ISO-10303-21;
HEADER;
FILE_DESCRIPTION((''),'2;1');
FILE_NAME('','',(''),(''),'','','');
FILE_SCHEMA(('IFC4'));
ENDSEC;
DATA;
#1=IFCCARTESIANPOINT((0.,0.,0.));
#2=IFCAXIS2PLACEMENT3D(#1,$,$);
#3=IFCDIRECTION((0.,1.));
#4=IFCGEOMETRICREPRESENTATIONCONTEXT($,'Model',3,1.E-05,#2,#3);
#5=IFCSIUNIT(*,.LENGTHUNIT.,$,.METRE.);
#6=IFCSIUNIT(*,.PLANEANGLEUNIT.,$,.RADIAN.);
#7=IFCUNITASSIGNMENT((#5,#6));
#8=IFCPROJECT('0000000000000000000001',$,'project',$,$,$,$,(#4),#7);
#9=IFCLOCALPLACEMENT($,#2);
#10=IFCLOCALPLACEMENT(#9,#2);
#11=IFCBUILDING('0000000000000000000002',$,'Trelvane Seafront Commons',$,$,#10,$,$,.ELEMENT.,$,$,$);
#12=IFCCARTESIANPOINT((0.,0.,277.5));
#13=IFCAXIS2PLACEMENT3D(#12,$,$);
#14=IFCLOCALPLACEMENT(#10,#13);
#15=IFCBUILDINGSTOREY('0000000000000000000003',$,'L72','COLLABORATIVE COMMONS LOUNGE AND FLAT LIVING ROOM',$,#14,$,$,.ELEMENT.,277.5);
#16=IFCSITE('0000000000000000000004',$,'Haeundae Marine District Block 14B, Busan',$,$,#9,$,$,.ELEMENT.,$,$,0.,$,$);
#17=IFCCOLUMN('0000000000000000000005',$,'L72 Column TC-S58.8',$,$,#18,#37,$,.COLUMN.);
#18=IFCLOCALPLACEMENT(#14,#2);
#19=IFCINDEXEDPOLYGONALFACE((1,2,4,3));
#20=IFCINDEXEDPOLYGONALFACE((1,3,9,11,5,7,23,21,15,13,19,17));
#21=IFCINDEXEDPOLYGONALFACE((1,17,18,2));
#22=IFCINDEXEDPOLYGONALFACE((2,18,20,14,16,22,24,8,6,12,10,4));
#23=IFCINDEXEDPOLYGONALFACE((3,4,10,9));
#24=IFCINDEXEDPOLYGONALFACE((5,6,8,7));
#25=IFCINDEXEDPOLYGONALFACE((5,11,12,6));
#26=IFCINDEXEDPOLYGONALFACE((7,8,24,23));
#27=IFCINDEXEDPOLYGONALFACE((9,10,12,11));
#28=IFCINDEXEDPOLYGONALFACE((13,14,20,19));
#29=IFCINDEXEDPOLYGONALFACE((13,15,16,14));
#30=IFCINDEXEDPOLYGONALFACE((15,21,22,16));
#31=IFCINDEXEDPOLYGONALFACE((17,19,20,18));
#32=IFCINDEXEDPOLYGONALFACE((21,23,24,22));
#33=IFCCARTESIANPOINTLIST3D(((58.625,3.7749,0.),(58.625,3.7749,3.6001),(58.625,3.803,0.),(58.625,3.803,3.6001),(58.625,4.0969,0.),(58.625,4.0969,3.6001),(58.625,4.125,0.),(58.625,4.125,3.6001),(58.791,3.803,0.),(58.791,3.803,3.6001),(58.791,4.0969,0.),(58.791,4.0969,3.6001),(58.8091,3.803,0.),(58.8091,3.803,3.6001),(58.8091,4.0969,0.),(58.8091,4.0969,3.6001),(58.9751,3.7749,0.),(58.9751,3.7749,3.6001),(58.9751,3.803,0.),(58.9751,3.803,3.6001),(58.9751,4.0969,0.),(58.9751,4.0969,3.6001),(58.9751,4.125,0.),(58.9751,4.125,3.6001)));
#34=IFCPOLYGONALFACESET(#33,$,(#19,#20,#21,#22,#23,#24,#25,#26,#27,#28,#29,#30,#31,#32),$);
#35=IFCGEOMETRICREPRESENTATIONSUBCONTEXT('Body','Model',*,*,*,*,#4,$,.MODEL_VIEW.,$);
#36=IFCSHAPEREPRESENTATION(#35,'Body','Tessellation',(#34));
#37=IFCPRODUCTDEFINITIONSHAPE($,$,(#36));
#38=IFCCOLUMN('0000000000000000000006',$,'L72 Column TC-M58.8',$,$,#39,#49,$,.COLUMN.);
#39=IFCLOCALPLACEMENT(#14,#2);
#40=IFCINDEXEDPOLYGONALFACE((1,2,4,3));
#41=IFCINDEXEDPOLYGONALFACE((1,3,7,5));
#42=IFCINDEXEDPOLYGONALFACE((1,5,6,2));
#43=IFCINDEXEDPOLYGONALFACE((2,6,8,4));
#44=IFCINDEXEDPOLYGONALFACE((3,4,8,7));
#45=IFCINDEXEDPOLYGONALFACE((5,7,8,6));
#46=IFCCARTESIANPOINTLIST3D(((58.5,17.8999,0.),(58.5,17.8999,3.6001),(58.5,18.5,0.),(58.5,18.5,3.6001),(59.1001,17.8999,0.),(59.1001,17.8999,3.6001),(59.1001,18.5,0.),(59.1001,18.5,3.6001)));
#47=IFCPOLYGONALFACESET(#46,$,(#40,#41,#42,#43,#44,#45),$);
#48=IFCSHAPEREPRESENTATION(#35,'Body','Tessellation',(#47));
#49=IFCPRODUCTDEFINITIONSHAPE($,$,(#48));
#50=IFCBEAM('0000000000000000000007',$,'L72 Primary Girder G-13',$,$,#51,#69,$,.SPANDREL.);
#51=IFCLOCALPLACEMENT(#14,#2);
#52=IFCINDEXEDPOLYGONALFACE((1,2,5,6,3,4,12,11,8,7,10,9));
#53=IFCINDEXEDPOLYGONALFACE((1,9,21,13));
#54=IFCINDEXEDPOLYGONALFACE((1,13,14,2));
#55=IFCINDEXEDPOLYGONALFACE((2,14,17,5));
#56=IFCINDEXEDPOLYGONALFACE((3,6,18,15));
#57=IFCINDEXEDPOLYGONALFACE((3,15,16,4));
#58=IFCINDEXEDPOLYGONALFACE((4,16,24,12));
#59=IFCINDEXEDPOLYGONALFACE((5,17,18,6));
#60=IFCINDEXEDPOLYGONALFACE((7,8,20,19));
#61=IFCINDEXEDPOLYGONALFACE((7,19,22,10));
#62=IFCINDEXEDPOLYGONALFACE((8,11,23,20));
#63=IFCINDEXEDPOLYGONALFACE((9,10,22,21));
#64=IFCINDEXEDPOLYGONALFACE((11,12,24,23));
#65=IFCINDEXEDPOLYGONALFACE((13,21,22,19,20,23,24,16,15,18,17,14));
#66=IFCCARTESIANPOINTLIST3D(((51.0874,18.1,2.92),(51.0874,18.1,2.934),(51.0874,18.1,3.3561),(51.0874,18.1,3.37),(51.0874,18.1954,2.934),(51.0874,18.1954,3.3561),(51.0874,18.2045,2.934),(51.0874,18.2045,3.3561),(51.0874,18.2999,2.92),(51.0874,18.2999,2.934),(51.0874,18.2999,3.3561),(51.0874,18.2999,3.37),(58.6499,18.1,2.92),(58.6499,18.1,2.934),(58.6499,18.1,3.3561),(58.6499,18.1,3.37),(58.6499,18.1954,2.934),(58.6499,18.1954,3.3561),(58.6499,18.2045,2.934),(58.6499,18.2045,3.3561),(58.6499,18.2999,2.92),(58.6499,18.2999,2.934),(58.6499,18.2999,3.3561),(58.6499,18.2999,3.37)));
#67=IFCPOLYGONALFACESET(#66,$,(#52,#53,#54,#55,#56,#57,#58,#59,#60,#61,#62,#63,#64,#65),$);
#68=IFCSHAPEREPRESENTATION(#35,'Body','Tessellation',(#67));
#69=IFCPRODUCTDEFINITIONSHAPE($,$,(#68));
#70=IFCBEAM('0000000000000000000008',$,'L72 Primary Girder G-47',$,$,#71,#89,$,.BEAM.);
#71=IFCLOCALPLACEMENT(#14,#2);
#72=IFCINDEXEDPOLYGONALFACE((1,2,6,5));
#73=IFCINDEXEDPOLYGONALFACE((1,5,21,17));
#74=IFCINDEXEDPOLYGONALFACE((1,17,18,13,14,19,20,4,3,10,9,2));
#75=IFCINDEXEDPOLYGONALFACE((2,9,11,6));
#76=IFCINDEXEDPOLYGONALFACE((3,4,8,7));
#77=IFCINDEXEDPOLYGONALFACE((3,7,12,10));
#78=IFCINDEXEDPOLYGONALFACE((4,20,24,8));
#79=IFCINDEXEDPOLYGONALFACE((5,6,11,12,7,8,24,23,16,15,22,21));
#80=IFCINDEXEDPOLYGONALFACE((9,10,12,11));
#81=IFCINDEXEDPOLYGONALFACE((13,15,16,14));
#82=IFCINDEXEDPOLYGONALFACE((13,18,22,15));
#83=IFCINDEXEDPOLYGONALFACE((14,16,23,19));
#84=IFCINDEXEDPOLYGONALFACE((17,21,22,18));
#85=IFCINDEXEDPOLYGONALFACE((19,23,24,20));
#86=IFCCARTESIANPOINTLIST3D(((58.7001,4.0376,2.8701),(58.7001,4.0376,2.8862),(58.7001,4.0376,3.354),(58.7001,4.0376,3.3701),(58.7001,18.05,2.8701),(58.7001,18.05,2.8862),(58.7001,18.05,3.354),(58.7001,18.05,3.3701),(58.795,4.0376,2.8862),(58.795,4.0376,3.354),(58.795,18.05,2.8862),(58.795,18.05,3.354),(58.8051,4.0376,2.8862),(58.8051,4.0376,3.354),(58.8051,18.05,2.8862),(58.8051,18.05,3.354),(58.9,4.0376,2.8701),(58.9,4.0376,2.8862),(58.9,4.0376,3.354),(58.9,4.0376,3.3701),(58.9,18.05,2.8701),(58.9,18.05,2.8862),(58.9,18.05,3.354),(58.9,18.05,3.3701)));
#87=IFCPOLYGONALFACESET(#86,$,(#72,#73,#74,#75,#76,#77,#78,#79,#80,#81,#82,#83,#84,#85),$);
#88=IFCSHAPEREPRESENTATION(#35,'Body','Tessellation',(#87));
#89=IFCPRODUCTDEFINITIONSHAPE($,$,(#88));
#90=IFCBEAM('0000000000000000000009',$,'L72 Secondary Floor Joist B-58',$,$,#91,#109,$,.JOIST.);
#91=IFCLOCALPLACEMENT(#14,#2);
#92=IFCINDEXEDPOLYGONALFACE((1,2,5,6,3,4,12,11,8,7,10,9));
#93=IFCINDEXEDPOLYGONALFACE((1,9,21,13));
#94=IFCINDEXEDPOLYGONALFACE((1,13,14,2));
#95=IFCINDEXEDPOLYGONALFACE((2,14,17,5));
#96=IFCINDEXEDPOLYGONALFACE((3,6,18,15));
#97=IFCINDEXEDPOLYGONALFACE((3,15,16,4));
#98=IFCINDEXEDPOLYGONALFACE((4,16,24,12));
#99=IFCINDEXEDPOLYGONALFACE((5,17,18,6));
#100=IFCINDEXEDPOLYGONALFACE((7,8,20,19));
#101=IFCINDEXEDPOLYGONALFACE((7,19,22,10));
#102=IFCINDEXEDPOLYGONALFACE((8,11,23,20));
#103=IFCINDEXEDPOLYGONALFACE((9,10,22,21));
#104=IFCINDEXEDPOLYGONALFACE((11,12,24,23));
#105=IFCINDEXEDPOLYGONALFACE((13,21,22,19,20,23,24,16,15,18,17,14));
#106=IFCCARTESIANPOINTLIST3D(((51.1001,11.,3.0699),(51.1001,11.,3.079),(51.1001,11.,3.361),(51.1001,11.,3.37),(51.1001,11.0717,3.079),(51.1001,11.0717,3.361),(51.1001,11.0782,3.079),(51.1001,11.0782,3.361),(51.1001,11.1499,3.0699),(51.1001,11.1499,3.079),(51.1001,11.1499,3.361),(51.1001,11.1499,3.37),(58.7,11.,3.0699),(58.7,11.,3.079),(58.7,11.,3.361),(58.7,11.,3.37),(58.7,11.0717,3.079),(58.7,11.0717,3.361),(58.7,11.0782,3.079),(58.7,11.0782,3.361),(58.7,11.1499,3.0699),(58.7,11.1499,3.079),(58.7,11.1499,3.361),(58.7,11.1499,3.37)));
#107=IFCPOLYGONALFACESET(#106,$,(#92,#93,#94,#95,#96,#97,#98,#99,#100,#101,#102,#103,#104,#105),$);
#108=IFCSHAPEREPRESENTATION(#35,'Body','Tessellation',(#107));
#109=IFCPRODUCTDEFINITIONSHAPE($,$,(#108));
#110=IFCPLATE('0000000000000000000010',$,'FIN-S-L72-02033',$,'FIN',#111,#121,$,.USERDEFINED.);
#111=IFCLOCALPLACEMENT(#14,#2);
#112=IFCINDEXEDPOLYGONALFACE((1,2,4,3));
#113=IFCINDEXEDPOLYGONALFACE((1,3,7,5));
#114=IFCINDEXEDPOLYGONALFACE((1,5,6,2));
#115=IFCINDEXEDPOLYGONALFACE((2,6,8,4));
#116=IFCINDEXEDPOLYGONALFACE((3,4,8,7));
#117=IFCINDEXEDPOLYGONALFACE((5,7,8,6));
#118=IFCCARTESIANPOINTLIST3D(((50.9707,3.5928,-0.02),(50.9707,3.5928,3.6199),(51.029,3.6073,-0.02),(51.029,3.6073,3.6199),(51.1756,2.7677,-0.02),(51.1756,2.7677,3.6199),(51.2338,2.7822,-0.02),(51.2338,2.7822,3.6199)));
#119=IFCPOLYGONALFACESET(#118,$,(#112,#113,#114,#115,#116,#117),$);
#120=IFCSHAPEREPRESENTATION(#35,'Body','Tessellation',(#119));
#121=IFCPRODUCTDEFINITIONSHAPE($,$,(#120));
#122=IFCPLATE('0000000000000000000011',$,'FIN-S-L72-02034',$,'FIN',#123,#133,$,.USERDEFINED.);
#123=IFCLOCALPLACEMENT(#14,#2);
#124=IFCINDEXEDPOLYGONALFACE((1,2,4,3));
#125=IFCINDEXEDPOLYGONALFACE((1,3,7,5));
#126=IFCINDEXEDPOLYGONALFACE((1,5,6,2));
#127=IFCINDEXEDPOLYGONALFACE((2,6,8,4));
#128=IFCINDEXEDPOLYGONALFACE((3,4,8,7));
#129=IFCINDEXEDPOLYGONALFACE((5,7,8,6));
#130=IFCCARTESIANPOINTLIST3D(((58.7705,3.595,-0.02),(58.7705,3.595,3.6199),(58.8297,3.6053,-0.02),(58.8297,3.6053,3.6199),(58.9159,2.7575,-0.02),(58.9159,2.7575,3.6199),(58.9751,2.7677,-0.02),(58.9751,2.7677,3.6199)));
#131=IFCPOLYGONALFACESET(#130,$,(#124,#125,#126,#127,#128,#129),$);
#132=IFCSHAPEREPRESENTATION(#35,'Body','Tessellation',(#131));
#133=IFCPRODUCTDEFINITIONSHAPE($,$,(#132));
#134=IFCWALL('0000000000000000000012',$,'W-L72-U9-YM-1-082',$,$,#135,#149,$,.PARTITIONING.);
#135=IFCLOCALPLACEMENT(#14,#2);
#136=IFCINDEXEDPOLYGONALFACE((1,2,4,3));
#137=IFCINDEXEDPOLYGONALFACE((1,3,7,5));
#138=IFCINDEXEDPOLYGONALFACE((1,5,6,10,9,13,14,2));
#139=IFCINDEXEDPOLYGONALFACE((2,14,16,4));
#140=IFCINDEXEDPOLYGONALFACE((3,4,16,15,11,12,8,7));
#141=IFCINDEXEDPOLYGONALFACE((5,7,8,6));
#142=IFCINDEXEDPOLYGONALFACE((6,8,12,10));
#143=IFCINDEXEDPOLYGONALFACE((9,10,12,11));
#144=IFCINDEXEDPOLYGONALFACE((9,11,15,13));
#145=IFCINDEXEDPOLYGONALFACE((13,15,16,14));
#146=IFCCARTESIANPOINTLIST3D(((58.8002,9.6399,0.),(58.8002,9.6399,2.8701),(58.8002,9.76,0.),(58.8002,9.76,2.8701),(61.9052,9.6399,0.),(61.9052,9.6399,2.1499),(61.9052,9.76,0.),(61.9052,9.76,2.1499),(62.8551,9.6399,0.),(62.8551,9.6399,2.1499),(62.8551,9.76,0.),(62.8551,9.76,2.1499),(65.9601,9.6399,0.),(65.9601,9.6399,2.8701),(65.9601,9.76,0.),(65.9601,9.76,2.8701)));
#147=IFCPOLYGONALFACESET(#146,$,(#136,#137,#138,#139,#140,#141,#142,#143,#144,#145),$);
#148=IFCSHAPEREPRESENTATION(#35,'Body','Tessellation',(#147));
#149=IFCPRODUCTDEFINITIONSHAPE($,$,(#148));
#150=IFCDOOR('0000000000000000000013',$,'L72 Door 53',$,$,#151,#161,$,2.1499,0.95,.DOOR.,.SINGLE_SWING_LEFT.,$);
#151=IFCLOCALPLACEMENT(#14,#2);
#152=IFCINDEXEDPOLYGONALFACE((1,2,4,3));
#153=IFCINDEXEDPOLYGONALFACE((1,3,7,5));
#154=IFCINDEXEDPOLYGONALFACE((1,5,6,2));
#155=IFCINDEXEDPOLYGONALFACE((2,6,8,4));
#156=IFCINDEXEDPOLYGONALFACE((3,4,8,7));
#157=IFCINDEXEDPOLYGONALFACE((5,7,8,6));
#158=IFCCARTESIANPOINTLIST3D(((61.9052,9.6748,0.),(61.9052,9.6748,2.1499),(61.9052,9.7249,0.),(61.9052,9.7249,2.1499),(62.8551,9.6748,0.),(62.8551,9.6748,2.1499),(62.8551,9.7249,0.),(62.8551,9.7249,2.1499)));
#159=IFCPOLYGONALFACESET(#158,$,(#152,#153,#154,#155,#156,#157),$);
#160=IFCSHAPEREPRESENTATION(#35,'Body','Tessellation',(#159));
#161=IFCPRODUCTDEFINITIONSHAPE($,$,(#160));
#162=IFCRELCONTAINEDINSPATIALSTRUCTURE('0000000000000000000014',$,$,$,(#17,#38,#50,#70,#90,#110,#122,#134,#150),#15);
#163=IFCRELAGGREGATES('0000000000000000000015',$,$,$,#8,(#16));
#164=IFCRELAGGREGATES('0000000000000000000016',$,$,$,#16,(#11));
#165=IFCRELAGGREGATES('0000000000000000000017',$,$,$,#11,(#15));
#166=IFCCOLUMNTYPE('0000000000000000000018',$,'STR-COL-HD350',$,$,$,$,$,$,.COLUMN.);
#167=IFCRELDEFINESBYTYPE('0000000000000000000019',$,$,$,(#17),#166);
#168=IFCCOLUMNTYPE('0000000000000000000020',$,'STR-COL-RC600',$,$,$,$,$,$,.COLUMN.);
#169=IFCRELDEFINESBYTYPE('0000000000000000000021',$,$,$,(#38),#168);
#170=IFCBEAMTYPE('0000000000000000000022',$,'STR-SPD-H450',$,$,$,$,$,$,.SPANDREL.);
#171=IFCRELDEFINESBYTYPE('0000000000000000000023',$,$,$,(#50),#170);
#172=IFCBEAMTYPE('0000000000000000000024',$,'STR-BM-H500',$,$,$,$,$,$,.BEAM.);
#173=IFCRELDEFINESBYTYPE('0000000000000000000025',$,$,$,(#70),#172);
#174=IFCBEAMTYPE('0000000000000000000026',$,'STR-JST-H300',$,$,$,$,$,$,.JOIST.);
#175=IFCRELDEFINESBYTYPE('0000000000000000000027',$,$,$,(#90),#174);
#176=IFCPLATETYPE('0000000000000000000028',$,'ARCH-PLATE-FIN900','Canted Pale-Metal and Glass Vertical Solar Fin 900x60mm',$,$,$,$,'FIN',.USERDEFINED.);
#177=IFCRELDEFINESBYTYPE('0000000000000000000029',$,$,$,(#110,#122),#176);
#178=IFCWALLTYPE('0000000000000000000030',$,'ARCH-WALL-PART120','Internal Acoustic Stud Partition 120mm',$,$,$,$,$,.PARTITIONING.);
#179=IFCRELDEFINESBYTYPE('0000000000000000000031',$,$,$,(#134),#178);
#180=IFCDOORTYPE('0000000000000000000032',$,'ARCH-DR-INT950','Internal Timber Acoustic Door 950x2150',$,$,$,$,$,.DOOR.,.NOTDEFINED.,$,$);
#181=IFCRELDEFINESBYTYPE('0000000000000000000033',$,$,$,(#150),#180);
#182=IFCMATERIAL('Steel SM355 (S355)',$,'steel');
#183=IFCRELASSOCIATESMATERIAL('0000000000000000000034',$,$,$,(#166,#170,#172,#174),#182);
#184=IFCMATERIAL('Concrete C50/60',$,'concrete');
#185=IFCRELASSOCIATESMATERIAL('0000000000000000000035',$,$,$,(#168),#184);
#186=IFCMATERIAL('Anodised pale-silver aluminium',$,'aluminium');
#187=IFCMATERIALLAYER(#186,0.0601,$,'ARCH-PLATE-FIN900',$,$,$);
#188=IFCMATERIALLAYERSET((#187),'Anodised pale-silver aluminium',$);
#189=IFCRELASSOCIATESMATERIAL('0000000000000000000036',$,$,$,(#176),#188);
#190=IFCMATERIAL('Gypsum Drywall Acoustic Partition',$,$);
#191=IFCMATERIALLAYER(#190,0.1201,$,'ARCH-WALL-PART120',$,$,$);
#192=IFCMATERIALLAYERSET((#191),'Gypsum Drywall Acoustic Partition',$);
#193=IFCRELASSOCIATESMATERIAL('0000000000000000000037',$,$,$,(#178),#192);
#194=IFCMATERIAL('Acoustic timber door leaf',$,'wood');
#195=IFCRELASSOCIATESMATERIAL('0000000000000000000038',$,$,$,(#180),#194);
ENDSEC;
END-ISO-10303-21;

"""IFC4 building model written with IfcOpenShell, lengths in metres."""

from ifc_helpers import new_model, si_unit, direction, frame, frame_2d, origin, origin_2d, place, context, subcontext, project, spatial, rectangle, i_section, extrude, source, transform, mapped, material, layer, layer_set, material_profile, profile_set, type_object, element, fill, save


model = new_model("IFC4")

# Units and contexts
model_context = context("Model", 3, precision=1e-05, world=origin(), true_north=direction((0.0, 1.0)))
body_context = subcontext(model_context, "Body", "Model", "MODEL_VIEW")
ifc_project = project(units=[si_unit("LENGTHUNIT", "METRE"), si_unit("PLANEANGLEUNIT", "RADIAN")], contexts=[model_context])

# Site, building, storey
site_placement = place(None, origin())
site = spatial("IfcSite", under=ifc_project, at=site_placement, Name="Haeundae Marine District Block 14B, Busan", CompositionType="ELEMENT", RefElevation=0.0)
building_placement = place(site_placement, origin())
building = spatial("IfcBuilding", under=site, at=building_placement, Name="Trelvane Seafront Commons", CompositionType="ELEMENT")
storey_placement = place(building_placement, frame((0.0, 0.0, 277.5)))
storey = spatial("IfcBuildingStorey", under=building, at=storey_placement, Name="L72", Description="COLLABORATIVE COMMONS LOUNGE AND FLAT LIVING ROOM", CompositionType="ELEMENT", Elevation=277.5)

# Columns
ifc_material_1 = material(Name="Steel SM355 (S355)", Category="steel")
ifc_material_profile_1 = material_profile(ifc_material_1, i_section(OverallWidth=0.3501, OverallDepth=0.3501, WebThickness=0.0181, FlangeThickness=0.0281, at=origin_2d()), Name="HD-350x350x18x28")
ifc_profile_set_1 = profile_set([ifc_material_profile_1], Name="Steel SM355 (S355)")
column_type_1 = type_object("IfcColumnType", Name="STR-COL-HD350", PredefinedType="COLUMN", material=ifc_profile_set_1)
shared_shape_1 = source(origin(), body_context, "Body", "SweptSolid", [
    extrude(i_section(OverallWidth=0.3501, OverallDepth=0.3501, WebThickness=0.0181, FlangeThickness=0.0281, at=origin_2d()), origin(), (0.0, 0.0, 1.0), 3.6001),
])
column_1_placement = place(storey_placement, frame((58.8, 3.95, 0.0), z_axis=(0.0, 0.0, 1.0), x_axis=(1.0, 0.0, 0.0)))
element("IfcColumn", 1, at=column_1_placement, inside=storey, type_object=column_type_1, Name="L72 Column TC-S58.8", PredefinedType="COLUMN", context=body_context, shape_type="MappedRepresentation", body=[
    mapped(shared_shape_1, transform((0.0, 0.0, 0.0), x_axis=(1.0, 0.0, 0.0), y_axis=(0.0, 1.0, 0.0), z_axis=(0.0, 0.0, 1.0), scale=1.0)),
])
ifc_material_2 = material(Name="Concrete C50/60", Category="concrete")
ifc_material_profile_2 = material_profile(ifc_material_2, rectangle(XDim=0.6001, YDim=0.6001, at=origin_2d()), Name="RC-600x600")
ifc_profile_set_2 = profile_set([ifc_material_profile_2], Name="Concrete C50/60")
column_type_2 = type_object("IfcColumnType", Name="STR-COL-RC600", PredefinedType="COLUMN", material=ifc_profile_set_2)
shared_shape_2 = source(origin(), body_context, "Body", "SweptSolid", [
    extrude(rectangle(XDim=0.6001, YDim=0.6001, at=origin_2d()), origin(), (0.0, 0.0, 1.0), 3.6001),
])
column_2_placement = place(storey_placement, frame((58.8, 18.2, 0.0), z_axis=(0.0, 0.0, 1.0), x_axis=(1.0, 0.0, 0.0)))
element("IfcColumn", 2, at=column_2_placement, inside=storey, type_object=column_type_2, Name="L72 Column TC-M58.8", PredefinedType="COLUMN", context=body_context, shape_type="MappedRepresentation", body=[
    mapped(shared_shape_2, transform((0.0, 0.0, 0.0), x_axis=(1.0, 0.0, 0.0), y_axis=(0.0, 1.0, 0.0), z_axis=(0.0, 0.0, 1.0), scale=1.0)),
])

# Beams
ifc_material_profile_3 = material_profile(ifc_material_1, i_section(OverallWidth=0.2, OverallDepth=0.45, WebThickness=0.009, FlangeThickness=0.0139, at=origin_2d()), Name="H-450x200x9x14")
ifc_profile_set_3 = profile_set([ifc_material_profile_3], Name="Steel SM355 (S355)")
beam_type_1 = type_object("IfcBeamType", Name="STR-SPD-H450", PredefinedType="SPANDREL", material=ifc_profile_set_3)
shared_shape_3 = source(origin(), body_context, "Body", "SweptSolid", [
    extrude(i_section(OverallWidth=0.2, OverallDepth=0.45, WebThickness=0.009, FlangeThickness=0.0139, at=origin_2d()), origin(), (0.0, 0.0, 1.0), 7.5625),
])
beam_1_placement = place(storey_placement, frame((51.0874, 18.2, 3.145), z_axis=(1.0, 0.0, 0.0), x_axis=(0.0, 1.0, 0.0)))
element("IfcBeam", 3, at=beam_1_placement, inside=storey, type_object=beam_type_1, Name="L72 Primary Girder G-13", PredefinedType="SPANDREL", context=body_context, shape_type="MappedRepresentation", body=[
    mapped(shared_shape_3, transform((0.0, 0.0, 0.0), x_axis=(1.0, 0.0, 0.0), y_axis=(0.0, 1.0, 0.0), z_axis=(0.0, 0.0, 1.0), scale=1.0)),
])
ifc_material_profile_4 = material_profile(ifc_material_1, i_section(OverallWidth=0.2, OverallDepth=0.5, WebThickness=0.01, FlangeThickness=0.0161, at=origin_2d()), Name="H-500x200x10x16")
ifc_profile_set_4 = profile_set([ifc_material_profile_4], Name="Steel SM355 (S355)")
beam_type_2 = type_object("IfcBeamType", Name="STR-BM-H500", PredefinedType="BEAM", material=ifc_profile_set_4)
shared_shape_4 = source(origin(), body_context, "Body", "SweptSolid", [
    extrude(i_section(OverallWidth=0.2, OverallDepth=0.5, WebThickness=0.01, FlangeThickness=0.0161, at=origin_2d()), origin(), (0.0, 0.0, 1.0), 14.0125),
])
beam_2_placement = place(storey_placement, frame((58.8, 4.0376, 3.1201), z_axis=(0.0, 1.0, 0.0), x_axis=(-1.0, 0.0, 0.0)))
element("IfcBeam", 4, at=beam_2_placement, inside=storey, type_object=beam_type_2, Name="L72 Primary Girder G-47", PredefinedType="BEAM", context=body_context, shape_type="MappedRepresentation", body=[
    mapped(shared_shape_4, transform((0.0, 0.0, 0.0), x_axis=(1.0, 0.0, 0.0), y_axis=(0.0, 1.0, 0.0), z_axis=(0.0, 0.0, 1.0), scale=1.0)),
])
ifc_material_profile_5 = material_profile(ifc_material_1, i_section(OverallWidth=0.1499, OverallDepth=0.3, WebThickness=0.0066, FlangeThickness=0.009, at=origin_2d()), Name="H-300x150x6.5x9")
ifc_profile_set_5 = profile_set([ifc_material_profile_5], Name="Steel SM355 (S355)")
beam_type_3 = type_object("IfcBeamType", Name="STR-JST-H300", PredefinedType="JOIST", material=ifc_profile_set_5)
shared_shape_5 = source(origin(), body_context, "Body", "SweptSolid", [
    extrude(i_section(OverallWidth=0.1499, OverallDepth=0.3, WebThickness=0.0066, FlangeThickness=0.009, at=origin_2d()), origin(), (0.0, 0.0, 1.0), 7.5999),
])
beam_3_placement = place(storey_placement, frame((51.1001, 11.075, 3.22), z_axis=(1.0, 0.0, 0.0), x_axis=(0.0, 1.0, 0.0)))
element("IfcBeam", 5, at=beam_3_placement, inside=storey, type_object=beam_type_3, Name="L72 Secondary Floor Joist B-58", PredefinedType="JOIST", context=body_context, shape_type="MappedRepresentation", body=[
    mapped(shared_shape_5, transform((0.0, 0.0, 0.0), x_axis=(1.0, 0.0, 0.0), y_axis=(0.0, 1.0, 0.0), z_axis=(0.0, 0.0, 1.0), scale=1.0)),
])

# Plates
ifc_material_3 = material(Name="Anodised pale-silver aluminium", Category="aluminium")
ifc_layer_1 = layer(ifc_material_3, 0.0601, Name="ARCH-PLATE-FIN900")
ifc_layer_set_1 = layer_set([ifc_layer_1], Name="Anodised pale-silver aluminium")
plate_type = type_object("IfcPlateType", Name="ARCH-PLATE-FIN900", Description="Canted Pale-Metal and Glass Vertical Solar Fin 900x60mm", ElementType="FIN", PredefinedType="USERDEFINED", material=ifc_layer_set_1)
shared_shape_6 = source(origin(), body_context, "Body", "SweptSolid", [
    extrude(rectangle(XDim=0.8501, YDim=0.0601, at=origin_2d()), origin(), (0.0, 0.0, 1.0), 3.6399),
])
for number, where, z_axis, x_axis, name in (
    (6, (51.1023, 3.1875, -0.02), (0.0, 0.0, 1.0), (0.240929, -0.970543, 0.0), "FIN-S-L72-02033"),
    (7, (58.8728, 3.1814, -0.02), (0.0, 0.0, 1.0), (0.171054, -0.985262, 0.0), "FIN-S-L72-02034"),
):
    element("IfcPlate", number, at=place(storey_placement, frame(where, z_axis=z_axis, x_axis=x_axis)), inside=storey, type_object=plate_type, Name=name, ObjectType="FIN", PredefinedType="USERDEFINED", context=body_context, shape_type="MappedRepresentation", body=[
        mapped(shared_shape_6, transform((0.0, 0.0, 0.0), x_axis=(1.0, 0.0, 0.0), y_axis=(0.0, 1.0, 0.0), z_axis=(0.0, 0.0, 1.0), scale=1.0)),
    ])

# Wall, opening, door
ifc_material_4 = material(Name="Gypsum Drywall Acoustic Partition")
ifc_layer_2 = layer(ifc_material_4, 0.1201, Name="ARCH-WALL-PART120")
ifc_layer_set_2 = layer_set([ifc_layer_2], Name="Gypsum Drywall Acoustic Partition")
wall_type_1 = type_object("IfcWallType", Name="ARCH-WALL-PART120", Description="Internal Acoustic Stud Partition 120mm", PredefinedType="PARTITIONING", material=ifc_layer_set_2)
wall_1_placement = place(storey_placement, frame((58.8, 9.7, 0.0), z_axis=(0.0, 0.0, 1.0), x_axis=(1.0, 0.0, 0.0)))
wall_1 = element("IfcWall", 8, at=wall_1_placement, inside=storey, type_object=wall_type_1, Name="W-L72-U9-YM-1-082", PredefinedType="PARTITIONING", context=body_context, shape_type="SweptSolid", body=[
    extrude(rectangle(XDim=7.1599, YDim=0.1201, at=frame_2d((3.5801, 0.0))), origin(), (0.0, 0.0, 1.0), 2.8701),
])
opening_placement = place(wall_1_placement, frame((3.105, 0.0, 0.0)))
opening = element("IfcOpeningElement", 9, at=opening_placement, cuts=wall_1, PredefinedType="OPENING", context=body_context, shape_type="SweptSolid", body=[
    extrude(rectangle(XDim=0.95, YDim=2.1499, at=frame_2d((0.4751, 1.075))), frame((0.0, 0.0701, 0.0), z_axis=(0.0, -1.0, 0.0), x_axis=(1.0, 0.0, 0.0)), (0.0, 0.0, 1.0), 0.1401),
])
ifc_material_5 = material(Name="Acoustic timber door leaf", Category="wood")
door_type = type_object("IfcDoorType", Name="ARCH-DR-INT950", Description="Internal Timber Acoustic Door 950x2150", OperationType="NOTDEFINED", PredefinedType="DOOR", material=ifc_material_5)
shared_shape_7 = source(origin(), body_context, "Body", "SweptSolid", [
    extrude(rectangle(XDim=0.95, YDim=2.1499, at=frame_2d((0.4751, 1.075))), frame((0.0, 0.0249, 0.0), z_axis=(0.0, -1.0, 0.0), x_axis=(1.0, 0.0, 0.0)), (0.0, 0.0, 1.0), 0.05),
])
door_placement = place(opening_placement, origin())
door = element("IfcDoor", 10, at=door_placement, inside=storey, type_object=door_type, Name="L72 Door 53", OperationType="SINGLE_SWING_LEFT", OverallHeight=2.1499, OverallWidth=0.95, PredefinedType="DOOR", context=body_context, shape_type="MappedRepresentation", body=[
    mapped(shared_shape_7, transform((0.0, 0.0, 0.0), x_axis=(1.0, 0.0, 0.0), y_axis=(0.0, 1.0, 0.0), z_axis=(0.0, 0.0, 1.0), scale=1.0)),
])
fill(opening, door)

save(model, "model.ifc")
